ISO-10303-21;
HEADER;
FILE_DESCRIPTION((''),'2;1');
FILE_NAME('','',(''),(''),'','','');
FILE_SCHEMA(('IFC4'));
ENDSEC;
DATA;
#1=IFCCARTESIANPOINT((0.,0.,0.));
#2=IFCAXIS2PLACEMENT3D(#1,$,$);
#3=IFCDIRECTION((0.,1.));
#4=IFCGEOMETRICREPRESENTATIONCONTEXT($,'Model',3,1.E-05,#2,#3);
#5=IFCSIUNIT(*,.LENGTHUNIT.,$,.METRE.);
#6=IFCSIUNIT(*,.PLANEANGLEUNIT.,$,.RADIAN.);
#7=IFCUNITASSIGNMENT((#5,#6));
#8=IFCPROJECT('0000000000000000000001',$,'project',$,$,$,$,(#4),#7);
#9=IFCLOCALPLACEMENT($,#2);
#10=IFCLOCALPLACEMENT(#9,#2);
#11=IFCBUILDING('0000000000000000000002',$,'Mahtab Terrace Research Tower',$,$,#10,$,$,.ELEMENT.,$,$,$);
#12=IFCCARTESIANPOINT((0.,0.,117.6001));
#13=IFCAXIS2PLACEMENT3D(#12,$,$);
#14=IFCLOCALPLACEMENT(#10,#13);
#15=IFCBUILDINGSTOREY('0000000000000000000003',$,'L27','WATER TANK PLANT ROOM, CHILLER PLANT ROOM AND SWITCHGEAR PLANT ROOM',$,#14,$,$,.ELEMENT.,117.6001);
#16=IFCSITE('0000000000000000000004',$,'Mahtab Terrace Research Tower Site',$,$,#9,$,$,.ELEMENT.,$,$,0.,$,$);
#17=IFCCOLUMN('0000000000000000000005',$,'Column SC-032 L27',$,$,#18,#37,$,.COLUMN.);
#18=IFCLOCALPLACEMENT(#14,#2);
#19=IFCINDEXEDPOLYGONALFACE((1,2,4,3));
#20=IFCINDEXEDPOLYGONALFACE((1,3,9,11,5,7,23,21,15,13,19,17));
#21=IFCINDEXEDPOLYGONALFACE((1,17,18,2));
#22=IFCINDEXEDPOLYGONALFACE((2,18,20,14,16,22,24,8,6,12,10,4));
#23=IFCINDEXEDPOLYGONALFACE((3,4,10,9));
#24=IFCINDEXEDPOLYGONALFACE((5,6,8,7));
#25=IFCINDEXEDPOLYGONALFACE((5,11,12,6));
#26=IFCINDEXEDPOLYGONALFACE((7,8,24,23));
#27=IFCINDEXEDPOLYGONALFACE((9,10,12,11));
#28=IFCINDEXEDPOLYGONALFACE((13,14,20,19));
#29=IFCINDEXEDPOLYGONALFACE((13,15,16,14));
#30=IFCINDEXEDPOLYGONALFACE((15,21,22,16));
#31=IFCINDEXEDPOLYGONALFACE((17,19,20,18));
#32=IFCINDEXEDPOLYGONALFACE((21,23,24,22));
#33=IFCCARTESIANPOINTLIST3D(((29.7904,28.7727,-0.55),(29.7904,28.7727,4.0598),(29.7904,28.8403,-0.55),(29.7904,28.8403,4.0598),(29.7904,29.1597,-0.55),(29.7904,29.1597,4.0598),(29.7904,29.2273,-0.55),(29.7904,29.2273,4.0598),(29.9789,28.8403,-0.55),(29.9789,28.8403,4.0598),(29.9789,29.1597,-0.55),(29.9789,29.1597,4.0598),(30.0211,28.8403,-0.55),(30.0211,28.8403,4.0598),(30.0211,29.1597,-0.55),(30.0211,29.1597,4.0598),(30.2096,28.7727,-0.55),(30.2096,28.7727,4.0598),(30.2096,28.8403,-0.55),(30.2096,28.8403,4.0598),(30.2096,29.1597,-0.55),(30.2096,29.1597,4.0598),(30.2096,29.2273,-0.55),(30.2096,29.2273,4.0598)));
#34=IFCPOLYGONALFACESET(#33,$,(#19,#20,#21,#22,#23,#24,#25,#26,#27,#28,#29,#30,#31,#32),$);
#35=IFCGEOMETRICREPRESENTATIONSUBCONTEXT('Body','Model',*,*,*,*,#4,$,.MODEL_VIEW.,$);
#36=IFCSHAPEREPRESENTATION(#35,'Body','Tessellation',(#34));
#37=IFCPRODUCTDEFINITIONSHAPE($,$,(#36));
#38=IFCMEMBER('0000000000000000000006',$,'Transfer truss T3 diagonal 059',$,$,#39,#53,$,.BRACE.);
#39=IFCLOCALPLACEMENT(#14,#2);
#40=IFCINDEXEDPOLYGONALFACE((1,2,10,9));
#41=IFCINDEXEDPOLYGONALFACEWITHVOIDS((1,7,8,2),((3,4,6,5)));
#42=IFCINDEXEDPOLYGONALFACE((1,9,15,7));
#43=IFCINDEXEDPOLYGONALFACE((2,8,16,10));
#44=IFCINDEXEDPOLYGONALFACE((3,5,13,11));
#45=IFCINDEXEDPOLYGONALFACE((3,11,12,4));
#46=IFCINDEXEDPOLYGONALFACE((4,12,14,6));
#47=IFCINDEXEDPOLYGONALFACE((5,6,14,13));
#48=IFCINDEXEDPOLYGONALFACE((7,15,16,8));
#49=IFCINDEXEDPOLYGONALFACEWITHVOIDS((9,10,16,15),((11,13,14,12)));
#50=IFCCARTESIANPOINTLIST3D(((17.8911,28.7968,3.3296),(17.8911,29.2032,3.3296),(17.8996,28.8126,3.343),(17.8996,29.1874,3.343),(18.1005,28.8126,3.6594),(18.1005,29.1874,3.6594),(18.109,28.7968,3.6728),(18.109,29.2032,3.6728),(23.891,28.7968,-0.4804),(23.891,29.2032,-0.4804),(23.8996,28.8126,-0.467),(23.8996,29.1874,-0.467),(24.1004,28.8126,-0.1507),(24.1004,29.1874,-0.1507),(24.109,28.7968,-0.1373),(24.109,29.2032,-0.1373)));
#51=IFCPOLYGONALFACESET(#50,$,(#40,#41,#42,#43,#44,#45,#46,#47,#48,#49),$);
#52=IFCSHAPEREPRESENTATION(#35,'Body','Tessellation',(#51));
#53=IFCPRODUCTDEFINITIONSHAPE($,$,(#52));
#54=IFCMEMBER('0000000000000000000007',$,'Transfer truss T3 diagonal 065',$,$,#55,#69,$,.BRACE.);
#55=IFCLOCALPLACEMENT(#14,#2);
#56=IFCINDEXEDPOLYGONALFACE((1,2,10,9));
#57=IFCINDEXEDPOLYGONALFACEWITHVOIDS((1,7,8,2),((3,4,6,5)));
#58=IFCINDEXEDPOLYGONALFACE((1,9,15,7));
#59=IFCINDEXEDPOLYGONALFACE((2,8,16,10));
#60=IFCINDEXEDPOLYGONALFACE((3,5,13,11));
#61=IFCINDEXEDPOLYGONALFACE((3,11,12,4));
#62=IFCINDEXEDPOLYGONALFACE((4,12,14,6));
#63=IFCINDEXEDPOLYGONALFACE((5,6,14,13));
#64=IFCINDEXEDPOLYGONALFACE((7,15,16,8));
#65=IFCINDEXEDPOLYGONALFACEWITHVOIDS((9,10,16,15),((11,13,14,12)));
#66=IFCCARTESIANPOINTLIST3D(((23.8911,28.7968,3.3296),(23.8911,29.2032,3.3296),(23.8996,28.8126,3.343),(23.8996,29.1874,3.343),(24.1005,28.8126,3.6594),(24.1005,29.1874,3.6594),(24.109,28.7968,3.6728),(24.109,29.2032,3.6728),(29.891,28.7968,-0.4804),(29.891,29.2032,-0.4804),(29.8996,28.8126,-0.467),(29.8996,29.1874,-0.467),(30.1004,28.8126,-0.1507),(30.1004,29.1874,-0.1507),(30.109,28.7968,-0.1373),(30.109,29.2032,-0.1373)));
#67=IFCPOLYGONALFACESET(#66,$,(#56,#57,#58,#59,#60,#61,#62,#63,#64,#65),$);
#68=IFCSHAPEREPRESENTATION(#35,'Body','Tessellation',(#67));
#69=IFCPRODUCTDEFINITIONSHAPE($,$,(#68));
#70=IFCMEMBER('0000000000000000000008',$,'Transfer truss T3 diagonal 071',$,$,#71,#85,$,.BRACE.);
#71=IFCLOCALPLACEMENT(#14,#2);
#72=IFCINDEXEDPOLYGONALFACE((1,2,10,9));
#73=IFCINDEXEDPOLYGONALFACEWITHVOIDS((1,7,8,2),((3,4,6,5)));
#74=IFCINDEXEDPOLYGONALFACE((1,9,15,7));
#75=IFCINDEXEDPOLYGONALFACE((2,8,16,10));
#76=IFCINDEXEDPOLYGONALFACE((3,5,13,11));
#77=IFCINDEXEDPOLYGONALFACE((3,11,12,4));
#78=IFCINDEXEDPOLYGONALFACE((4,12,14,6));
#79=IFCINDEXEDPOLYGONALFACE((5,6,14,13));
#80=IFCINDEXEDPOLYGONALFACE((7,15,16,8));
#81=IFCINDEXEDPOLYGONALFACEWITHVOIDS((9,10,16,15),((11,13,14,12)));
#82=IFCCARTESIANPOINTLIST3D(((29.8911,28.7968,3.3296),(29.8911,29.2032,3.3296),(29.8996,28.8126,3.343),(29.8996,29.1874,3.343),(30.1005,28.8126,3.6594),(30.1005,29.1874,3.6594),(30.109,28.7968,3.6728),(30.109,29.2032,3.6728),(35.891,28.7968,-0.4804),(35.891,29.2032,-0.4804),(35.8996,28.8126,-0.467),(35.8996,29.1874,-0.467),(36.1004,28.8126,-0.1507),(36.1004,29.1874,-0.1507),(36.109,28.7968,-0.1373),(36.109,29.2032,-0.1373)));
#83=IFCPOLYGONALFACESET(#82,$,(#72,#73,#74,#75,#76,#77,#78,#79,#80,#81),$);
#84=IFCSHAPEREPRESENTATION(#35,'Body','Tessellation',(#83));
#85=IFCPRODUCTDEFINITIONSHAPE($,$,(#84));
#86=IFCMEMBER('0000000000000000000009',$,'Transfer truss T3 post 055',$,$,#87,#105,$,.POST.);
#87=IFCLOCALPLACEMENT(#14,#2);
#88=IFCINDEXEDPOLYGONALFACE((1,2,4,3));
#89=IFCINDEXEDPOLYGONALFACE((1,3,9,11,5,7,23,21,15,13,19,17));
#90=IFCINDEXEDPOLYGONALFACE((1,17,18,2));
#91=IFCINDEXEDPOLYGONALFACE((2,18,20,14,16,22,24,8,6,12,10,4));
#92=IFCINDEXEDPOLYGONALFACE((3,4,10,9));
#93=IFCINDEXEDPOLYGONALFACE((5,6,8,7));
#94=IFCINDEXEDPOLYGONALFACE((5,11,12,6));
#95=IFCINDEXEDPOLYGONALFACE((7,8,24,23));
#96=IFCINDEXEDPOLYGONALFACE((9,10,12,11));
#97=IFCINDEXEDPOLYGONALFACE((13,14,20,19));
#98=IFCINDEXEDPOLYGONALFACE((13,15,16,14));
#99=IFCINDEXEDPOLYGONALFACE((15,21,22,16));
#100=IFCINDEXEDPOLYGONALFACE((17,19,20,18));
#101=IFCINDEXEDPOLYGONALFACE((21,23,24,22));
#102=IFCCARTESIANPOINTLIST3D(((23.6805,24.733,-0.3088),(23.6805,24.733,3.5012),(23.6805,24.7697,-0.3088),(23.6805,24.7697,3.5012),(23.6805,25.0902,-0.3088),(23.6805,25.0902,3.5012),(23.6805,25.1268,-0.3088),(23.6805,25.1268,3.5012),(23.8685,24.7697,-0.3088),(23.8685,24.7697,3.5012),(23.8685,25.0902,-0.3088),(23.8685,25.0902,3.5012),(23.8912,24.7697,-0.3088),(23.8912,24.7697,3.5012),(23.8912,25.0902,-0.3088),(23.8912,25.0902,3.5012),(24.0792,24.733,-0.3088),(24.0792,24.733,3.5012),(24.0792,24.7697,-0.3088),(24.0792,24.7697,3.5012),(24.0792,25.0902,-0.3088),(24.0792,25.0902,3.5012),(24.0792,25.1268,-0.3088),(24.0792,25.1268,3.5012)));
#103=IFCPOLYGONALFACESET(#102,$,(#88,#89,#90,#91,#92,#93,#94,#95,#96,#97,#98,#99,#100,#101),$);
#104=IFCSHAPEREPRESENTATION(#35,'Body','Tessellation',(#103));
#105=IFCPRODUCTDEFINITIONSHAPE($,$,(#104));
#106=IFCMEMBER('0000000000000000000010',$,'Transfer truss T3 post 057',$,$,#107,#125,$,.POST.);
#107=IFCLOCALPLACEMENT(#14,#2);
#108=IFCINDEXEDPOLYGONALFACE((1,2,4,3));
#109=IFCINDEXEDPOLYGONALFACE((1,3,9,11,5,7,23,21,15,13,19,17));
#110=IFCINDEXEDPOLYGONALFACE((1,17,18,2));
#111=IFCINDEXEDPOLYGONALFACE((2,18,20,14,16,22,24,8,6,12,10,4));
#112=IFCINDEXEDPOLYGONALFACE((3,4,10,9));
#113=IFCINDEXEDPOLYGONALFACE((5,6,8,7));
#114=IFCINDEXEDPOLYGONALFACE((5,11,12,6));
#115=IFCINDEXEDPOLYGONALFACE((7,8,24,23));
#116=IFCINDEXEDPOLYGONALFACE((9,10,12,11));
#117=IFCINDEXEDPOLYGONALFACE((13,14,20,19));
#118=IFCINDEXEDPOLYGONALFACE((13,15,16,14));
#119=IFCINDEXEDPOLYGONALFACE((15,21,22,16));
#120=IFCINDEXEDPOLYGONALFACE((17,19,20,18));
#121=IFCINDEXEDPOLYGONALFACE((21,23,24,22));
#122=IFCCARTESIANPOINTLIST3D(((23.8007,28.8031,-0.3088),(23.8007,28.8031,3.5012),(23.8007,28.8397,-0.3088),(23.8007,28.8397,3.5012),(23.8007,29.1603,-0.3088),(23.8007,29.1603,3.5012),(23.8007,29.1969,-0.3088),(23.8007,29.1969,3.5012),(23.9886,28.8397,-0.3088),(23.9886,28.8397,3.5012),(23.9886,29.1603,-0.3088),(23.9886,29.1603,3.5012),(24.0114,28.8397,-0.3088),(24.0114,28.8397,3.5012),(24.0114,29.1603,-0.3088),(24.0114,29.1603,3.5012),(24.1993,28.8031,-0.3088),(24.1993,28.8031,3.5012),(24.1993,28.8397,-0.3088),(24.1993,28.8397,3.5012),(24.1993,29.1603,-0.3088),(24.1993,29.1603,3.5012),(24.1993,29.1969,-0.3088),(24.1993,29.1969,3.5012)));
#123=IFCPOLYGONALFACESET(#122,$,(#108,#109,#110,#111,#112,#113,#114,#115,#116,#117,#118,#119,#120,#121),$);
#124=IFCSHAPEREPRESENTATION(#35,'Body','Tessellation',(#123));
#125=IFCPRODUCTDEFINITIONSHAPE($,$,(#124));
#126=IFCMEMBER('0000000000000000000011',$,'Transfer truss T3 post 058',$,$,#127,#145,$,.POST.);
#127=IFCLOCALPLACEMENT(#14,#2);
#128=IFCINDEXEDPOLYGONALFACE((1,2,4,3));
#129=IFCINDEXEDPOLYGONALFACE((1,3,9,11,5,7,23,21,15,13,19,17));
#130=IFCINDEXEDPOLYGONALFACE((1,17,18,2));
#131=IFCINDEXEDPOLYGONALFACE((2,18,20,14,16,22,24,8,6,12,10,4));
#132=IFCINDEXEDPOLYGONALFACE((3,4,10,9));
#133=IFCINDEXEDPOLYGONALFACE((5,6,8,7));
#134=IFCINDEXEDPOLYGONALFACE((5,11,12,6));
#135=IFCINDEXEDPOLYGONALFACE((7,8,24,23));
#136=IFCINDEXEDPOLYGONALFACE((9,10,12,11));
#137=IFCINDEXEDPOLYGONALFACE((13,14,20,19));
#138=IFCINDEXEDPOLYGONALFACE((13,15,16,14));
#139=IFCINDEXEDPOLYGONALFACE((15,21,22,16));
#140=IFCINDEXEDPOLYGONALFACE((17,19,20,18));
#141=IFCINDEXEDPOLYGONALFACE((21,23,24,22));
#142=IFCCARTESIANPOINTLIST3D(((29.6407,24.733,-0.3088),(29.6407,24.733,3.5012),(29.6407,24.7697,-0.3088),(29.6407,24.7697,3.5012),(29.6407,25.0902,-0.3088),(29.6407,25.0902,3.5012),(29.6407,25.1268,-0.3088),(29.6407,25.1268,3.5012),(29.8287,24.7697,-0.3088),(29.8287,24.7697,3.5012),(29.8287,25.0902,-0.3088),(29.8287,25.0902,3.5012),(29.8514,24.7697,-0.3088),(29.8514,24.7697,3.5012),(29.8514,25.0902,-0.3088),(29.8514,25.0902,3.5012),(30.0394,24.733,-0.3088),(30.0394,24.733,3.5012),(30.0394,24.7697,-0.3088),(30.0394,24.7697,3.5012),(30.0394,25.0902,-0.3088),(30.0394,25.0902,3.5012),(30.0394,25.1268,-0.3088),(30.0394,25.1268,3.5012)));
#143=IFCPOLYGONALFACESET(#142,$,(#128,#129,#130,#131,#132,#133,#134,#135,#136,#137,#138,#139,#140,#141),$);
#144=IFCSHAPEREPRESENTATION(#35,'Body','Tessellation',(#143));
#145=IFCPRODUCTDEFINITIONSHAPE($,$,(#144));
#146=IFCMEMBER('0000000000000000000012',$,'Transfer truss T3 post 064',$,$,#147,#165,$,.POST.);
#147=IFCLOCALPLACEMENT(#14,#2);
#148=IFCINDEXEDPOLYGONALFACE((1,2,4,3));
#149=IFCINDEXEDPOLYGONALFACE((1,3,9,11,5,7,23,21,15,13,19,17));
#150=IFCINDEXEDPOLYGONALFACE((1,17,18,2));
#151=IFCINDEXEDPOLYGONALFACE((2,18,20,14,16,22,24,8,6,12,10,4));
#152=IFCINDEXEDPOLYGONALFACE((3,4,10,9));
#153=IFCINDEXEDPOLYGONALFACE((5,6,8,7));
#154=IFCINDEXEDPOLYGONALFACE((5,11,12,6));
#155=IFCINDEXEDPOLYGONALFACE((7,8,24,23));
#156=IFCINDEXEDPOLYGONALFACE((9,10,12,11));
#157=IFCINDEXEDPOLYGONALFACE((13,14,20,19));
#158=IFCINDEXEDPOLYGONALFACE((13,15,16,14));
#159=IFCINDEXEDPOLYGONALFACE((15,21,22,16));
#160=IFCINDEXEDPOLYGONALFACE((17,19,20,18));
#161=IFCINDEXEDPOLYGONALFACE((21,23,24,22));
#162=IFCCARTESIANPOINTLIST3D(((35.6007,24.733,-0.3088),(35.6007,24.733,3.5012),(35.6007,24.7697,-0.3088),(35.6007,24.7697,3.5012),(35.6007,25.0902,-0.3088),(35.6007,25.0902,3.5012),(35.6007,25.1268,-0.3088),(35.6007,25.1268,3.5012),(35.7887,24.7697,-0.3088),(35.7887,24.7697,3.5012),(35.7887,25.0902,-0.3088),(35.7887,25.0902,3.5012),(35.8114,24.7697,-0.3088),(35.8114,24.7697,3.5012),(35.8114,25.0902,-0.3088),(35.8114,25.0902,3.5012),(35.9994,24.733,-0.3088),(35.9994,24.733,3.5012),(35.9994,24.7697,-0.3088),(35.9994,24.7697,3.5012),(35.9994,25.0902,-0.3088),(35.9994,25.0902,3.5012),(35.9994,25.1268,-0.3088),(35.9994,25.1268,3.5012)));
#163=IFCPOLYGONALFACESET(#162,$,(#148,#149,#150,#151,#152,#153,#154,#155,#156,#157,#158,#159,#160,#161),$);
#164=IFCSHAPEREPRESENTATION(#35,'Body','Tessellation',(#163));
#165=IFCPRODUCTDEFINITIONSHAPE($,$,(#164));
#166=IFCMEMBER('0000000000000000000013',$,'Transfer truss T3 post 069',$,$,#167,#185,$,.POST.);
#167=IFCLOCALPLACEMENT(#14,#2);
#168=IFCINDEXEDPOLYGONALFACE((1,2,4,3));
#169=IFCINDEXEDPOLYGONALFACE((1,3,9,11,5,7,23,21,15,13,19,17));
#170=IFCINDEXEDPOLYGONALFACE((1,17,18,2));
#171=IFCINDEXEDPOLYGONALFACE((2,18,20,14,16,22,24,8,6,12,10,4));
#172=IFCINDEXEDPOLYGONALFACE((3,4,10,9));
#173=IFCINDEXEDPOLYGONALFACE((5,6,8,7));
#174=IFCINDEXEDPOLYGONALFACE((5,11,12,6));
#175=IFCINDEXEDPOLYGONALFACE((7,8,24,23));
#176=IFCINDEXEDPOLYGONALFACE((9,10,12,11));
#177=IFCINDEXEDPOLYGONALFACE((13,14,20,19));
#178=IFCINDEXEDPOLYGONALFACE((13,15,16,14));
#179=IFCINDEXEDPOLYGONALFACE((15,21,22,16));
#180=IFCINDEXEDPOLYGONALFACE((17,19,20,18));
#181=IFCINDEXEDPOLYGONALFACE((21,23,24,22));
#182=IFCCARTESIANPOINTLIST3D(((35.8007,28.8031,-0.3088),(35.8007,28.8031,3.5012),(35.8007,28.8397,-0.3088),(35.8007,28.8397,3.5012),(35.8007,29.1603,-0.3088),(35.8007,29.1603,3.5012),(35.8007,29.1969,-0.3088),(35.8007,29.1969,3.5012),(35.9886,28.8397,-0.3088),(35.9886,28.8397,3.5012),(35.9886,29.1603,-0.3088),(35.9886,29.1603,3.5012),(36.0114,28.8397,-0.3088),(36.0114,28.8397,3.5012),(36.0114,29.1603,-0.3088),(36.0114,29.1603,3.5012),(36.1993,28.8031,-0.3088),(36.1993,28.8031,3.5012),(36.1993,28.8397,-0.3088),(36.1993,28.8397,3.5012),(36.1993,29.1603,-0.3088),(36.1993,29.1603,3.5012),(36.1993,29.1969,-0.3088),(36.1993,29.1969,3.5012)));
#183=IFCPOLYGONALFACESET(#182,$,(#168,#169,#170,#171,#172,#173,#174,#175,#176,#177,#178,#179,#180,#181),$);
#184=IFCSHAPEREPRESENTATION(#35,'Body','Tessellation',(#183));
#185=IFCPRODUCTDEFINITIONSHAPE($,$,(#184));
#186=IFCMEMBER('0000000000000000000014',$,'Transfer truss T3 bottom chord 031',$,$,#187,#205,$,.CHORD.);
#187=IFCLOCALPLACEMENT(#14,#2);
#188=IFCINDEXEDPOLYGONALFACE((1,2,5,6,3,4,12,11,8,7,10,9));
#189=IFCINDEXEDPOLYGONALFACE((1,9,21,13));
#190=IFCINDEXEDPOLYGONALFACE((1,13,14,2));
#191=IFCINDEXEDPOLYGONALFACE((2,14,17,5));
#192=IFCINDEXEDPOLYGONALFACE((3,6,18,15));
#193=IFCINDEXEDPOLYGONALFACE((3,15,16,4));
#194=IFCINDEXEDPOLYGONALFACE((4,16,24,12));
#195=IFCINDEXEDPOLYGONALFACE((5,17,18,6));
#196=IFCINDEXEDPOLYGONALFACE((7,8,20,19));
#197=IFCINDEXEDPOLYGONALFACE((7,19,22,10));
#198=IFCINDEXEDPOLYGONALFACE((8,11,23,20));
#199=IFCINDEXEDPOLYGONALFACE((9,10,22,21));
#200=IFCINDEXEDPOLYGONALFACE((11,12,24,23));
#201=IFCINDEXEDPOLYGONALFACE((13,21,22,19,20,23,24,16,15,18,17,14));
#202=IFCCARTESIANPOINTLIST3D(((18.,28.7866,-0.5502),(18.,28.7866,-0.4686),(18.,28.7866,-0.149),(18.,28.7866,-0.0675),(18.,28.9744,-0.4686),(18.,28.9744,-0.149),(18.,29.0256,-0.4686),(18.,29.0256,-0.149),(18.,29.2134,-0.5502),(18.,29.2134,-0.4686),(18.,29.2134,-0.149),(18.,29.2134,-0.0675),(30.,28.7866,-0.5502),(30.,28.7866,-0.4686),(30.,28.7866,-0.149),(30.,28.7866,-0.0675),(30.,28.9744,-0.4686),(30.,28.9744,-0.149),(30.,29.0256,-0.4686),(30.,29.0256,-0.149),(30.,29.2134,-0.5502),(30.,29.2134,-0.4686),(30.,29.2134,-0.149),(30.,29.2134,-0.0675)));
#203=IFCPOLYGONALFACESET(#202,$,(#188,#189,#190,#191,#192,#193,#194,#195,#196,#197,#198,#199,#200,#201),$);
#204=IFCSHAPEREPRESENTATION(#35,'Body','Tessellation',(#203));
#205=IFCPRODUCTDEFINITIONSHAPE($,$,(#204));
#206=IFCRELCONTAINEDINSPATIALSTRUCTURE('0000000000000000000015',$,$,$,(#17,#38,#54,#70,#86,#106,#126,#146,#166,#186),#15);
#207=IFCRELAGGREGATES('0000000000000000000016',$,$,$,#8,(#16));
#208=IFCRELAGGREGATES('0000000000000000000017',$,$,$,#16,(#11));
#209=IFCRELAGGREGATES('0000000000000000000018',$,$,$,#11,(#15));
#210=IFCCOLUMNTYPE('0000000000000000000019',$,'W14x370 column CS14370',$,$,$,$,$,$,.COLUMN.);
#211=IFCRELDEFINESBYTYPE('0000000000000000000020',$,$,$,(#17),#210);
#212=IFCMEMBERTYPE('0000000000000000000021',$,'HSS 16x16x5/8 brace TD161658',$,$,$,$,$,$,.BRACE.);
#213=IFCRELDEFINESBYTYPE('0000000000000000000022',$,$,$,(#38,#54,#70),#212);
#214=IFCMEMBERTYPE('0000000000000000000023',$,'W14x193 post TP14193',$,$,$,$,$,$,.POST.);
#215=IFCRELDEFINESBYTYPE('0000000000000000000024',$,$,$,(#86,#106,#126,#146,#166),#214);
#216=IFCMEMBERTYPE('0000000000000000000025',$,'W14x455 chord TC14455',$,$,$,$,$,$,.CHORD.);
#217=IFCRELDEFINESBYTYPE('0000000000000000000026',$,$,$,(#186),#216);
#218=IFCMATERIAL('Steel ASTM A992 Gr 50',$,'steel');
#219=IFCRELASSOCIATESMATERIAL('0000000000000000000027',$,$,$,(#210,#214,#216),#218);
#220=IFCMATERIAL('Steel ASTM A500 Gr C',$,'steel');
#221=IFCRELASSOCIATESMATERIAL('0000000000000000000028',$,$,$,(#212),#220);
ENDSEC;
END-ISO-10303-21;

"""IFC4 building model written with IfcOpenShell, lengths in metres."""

from ifc_helpers import new_model, si_unit, direction, frame, origin, origin_2d, place, context, subcontext, project, spatial, hollow_rectangle, i_section, extrude, material, material_profile, profile_set, type_object, element, save


model = new_model("IFC4")

# Units and contexts
model_context = context("Model", 3, precision=1e-05, world=origin(), true_north=direction((0.0, 1.0)))
body_context = subcontext(model_context, "Body", "Model", "MODEL_VIEW")
ifc_project = project(units=[si_unit("LENGTHUNIT", "METRE"), si_unit("PLANEANGLEUNIT", "RADIAN")], contexts=[model_context])

# Site, building, storey
site_placement = place(None, origin())
site = spatial("IfcSite", under=ifc_project, at=site_placement, Name="Mahtab Terrace Research Tower Site", CompositionType="ELEMENT", RefElevation=0.0)
building_placement = place(site_placement, origin())
building = spatial("IfcBuilding", under=site, at=building_placement, Name="Mahtab Terrace Research Tower", CompositionType="ELEMENT")
storey_placement = place(building_placement, frame((0.0, 0.0, 117.6001)))
storey = spatial("IfcBuildingStorey", under=building, at=storey_placement, Name="L27", Description="WATER TANK PLANT ROOM, CHILLER PLANT ROOM AND SWITCHGEAR PLANT ROOM", CompositionType="ELEMENT", Elevation=117.6001)

# Column
ifc_material_1 = material(Name="Steel ASTM A992 Gr 50", Category="steel")
ifc_material_profile_1 = material_profile(ifc_material_1, i_section(OverallWidth=0.4192, OverallDepth=0.4546, WebThickness=0.0422, FlangeThickness=0.0676, at=origin_2d()), Name="W14X370")
ifc_profile_set_1 = profile_set([ifc_material_profile_1], Name="Steel ASTM A992 Gr 50")
column_type = type_object("IfcColumnType", Name="W14x370 column CS14370", PredefinedType="COLUMN", material=ifc_profile_set_1)
column_placement = place(storey_placement, frame((30.0, 29.0, -0.55), z_axis=(0.0, 0.0, 1.0), x_axis=(1.0, 0.0, 0.0)))
element("IfcColumn", 1, at=column_placement, inside=storey, type_object=column_type, Name="Column SC-032 L27", PredefinedType="COLUMN", context=body_context, shape_type="SweptSolid", body=[
    extrude(i_section(OverallWidth=0.4192, OverallDepth=0.4546, WebThickness=0.0422, FlangeThickness=0.0676, at=origin_2d()), origin(), (0.0, 0.0, 1.0), 4.6099),
])

# Members
ifc_material_2 = material(Name="Steel ASTM A500 Gr C", Category="steel")
ifc_material_profile_2 = material_profile(ifc_material_2, hollow_rectangle(XDim=0.4065, YDim=0.4065, WallThickness=0.0159, at=origin_2d()), Name="HSS16X16X5/8")
ifc_profile_set_2 = profile_set([ifc_material_profile_2], Name="Steel ASTM A500 Gr C")
member_type_1 = type_object("IfcMemberType", Name="HSS 16x16x5/8 brace TD161658", PredefinedType="BRACE", material=ifc_profile_set_2)
for number, where, z_axis, x_axis, name in (
    (2, (24.0, 29.0, -0.3088), (-0.844179, 0.0, 0.536062), (0.0, -1.0, 0.0), "Transfer truss T3 diagonal 059"),
    (3, (30.0, 29.0, -0.3088), (-0.844179, 0.0, 0.536062), (0.0, -1.0, 0.0), "Transfer truss T3 diagonal 065"),
    (4, (36.0, 29.0, -0.3088), (-0.844179, 0.0, 0.536062), (0.0, -1.0, 0.0), "Transfer truss T3 diagonal 071"),
):
    element("IfcMember", number, at=place(storey_placement, frame(where, z_axis=z_axis, x_axis=x_axis)), inside=storey, type_object=member_type_1, Name=name, PredefinedType="BRACE", context=body_context, shape_type="SweptSolid", body=[
        extrude(hollow_rectangle(XDim=0.4065, YDim=0.4065, WallThickness=0.0159, at=origin_2d()), origin(), (0.0, 0.0, 1.0), 7.1074),
    ])
ifc_material_profile_3 = material_profile(ifc_material_1, i_section(OverallWidth=0.3987, OverallDepth=0.3938, WebThickness=0.0227, FlangeThickness=0.0366, at=origin_2d()), Name="W14X193")
ifc_profile_set_3 = profile_set([ifc_material_profile_3], Name="Steel ASTM A992 Gr 50")
member_type_2 = type_object("IfcMemberType", Name="W14x193 post TP14193", PredefinedType="POST", material=ifc_profile_set_3)
for number, where, z_axis, x_axis, name in (
    (5, (23.8799, 24.9299, -0.3088), (0.0, 0.0, 1.0), (1.0, 0.0, 0.0), "Transfer truss T3 post 055"),
    (6, (24.0, 29.0, -0.3088), (0.0, 0.0, 1.0), (1.0, 0.0, 0.0), "Transfer truss T3 post 057"),
    (7, (29.8401, 24.9299, -0.3088), (0.0, 0.0, 1.0), (1.0, 0.0, 0.0), "Transfer truss T3 post 058"),
    (8, (35.8, 24.9299, -0.3088), (0.0, 0.0, 1.0), (1.0, 0.0, 0.0), "Transfer truss T3 post 064"),
    (9, (36.0, 29.0, -0.3088), (0.0, 0.0, 1.0), (1.0, 0.0, 0.0), "Transfer truss T3 post 069"),
):
    element("IfcMember", number, at=place(storey_placement, frame(where, z_axis=z_axis, x_axis=x_axis)), inside=storey, type_object=member_type_2, Name=name, PredefinedType="POST", context=body_context, shape_type="SweptSolid", body=[
        extrude(i_section(OverallWidth=0.3987, OverallDepth=0.3938, WebThickness=0.0227, FlangeThickness=0.0366, at=origin_2d()), origin(), (0.0, 0.0, 1.0), 3.8101),
    ])
ifc_material_profile_4 = material_profile(ifc_material_1, i_section(OverallWidth=0.4268, OverallDepth=0.4827, WebThickness=0.0513, FlangeThickness=0.0815, at=origin_2d()), Name="W14X455")
ifc_profile_set_4 = profile_set([ifc_material_profile_4], Name="Steel ASTM A992 Gr 50")
member_type_3 = type_object("IfcMemberType", Name="W14x455 chord TC14455", PredefinedType="CHORD", material=ifc_profile_set_4)
member_1_placement = place(storey_placement, frame((30.0, 29.0, -0.3088), z_axis=(-1.0, 0.0, 0.0), x_axis=(0.0, -1.0, 0.0)))
element("IfcMember", 10, at=member_1_placement, inside=storey, type_object=member_type_3, Name="Transfer truss T3 bottom chord 031", PredefinedType="CHORD", context=body_context, shape_type="SweptSolid", body=[
    extrude(i_section(OverallWidth=0.4268, OverallDepth=0.4827, WebThickness=0.0513, FlangeThickness=0.0815, at=origin_2d()), origin(), (0.0, 0.0, 1.0), 12.0),
])

save(model, "model.ifc")
